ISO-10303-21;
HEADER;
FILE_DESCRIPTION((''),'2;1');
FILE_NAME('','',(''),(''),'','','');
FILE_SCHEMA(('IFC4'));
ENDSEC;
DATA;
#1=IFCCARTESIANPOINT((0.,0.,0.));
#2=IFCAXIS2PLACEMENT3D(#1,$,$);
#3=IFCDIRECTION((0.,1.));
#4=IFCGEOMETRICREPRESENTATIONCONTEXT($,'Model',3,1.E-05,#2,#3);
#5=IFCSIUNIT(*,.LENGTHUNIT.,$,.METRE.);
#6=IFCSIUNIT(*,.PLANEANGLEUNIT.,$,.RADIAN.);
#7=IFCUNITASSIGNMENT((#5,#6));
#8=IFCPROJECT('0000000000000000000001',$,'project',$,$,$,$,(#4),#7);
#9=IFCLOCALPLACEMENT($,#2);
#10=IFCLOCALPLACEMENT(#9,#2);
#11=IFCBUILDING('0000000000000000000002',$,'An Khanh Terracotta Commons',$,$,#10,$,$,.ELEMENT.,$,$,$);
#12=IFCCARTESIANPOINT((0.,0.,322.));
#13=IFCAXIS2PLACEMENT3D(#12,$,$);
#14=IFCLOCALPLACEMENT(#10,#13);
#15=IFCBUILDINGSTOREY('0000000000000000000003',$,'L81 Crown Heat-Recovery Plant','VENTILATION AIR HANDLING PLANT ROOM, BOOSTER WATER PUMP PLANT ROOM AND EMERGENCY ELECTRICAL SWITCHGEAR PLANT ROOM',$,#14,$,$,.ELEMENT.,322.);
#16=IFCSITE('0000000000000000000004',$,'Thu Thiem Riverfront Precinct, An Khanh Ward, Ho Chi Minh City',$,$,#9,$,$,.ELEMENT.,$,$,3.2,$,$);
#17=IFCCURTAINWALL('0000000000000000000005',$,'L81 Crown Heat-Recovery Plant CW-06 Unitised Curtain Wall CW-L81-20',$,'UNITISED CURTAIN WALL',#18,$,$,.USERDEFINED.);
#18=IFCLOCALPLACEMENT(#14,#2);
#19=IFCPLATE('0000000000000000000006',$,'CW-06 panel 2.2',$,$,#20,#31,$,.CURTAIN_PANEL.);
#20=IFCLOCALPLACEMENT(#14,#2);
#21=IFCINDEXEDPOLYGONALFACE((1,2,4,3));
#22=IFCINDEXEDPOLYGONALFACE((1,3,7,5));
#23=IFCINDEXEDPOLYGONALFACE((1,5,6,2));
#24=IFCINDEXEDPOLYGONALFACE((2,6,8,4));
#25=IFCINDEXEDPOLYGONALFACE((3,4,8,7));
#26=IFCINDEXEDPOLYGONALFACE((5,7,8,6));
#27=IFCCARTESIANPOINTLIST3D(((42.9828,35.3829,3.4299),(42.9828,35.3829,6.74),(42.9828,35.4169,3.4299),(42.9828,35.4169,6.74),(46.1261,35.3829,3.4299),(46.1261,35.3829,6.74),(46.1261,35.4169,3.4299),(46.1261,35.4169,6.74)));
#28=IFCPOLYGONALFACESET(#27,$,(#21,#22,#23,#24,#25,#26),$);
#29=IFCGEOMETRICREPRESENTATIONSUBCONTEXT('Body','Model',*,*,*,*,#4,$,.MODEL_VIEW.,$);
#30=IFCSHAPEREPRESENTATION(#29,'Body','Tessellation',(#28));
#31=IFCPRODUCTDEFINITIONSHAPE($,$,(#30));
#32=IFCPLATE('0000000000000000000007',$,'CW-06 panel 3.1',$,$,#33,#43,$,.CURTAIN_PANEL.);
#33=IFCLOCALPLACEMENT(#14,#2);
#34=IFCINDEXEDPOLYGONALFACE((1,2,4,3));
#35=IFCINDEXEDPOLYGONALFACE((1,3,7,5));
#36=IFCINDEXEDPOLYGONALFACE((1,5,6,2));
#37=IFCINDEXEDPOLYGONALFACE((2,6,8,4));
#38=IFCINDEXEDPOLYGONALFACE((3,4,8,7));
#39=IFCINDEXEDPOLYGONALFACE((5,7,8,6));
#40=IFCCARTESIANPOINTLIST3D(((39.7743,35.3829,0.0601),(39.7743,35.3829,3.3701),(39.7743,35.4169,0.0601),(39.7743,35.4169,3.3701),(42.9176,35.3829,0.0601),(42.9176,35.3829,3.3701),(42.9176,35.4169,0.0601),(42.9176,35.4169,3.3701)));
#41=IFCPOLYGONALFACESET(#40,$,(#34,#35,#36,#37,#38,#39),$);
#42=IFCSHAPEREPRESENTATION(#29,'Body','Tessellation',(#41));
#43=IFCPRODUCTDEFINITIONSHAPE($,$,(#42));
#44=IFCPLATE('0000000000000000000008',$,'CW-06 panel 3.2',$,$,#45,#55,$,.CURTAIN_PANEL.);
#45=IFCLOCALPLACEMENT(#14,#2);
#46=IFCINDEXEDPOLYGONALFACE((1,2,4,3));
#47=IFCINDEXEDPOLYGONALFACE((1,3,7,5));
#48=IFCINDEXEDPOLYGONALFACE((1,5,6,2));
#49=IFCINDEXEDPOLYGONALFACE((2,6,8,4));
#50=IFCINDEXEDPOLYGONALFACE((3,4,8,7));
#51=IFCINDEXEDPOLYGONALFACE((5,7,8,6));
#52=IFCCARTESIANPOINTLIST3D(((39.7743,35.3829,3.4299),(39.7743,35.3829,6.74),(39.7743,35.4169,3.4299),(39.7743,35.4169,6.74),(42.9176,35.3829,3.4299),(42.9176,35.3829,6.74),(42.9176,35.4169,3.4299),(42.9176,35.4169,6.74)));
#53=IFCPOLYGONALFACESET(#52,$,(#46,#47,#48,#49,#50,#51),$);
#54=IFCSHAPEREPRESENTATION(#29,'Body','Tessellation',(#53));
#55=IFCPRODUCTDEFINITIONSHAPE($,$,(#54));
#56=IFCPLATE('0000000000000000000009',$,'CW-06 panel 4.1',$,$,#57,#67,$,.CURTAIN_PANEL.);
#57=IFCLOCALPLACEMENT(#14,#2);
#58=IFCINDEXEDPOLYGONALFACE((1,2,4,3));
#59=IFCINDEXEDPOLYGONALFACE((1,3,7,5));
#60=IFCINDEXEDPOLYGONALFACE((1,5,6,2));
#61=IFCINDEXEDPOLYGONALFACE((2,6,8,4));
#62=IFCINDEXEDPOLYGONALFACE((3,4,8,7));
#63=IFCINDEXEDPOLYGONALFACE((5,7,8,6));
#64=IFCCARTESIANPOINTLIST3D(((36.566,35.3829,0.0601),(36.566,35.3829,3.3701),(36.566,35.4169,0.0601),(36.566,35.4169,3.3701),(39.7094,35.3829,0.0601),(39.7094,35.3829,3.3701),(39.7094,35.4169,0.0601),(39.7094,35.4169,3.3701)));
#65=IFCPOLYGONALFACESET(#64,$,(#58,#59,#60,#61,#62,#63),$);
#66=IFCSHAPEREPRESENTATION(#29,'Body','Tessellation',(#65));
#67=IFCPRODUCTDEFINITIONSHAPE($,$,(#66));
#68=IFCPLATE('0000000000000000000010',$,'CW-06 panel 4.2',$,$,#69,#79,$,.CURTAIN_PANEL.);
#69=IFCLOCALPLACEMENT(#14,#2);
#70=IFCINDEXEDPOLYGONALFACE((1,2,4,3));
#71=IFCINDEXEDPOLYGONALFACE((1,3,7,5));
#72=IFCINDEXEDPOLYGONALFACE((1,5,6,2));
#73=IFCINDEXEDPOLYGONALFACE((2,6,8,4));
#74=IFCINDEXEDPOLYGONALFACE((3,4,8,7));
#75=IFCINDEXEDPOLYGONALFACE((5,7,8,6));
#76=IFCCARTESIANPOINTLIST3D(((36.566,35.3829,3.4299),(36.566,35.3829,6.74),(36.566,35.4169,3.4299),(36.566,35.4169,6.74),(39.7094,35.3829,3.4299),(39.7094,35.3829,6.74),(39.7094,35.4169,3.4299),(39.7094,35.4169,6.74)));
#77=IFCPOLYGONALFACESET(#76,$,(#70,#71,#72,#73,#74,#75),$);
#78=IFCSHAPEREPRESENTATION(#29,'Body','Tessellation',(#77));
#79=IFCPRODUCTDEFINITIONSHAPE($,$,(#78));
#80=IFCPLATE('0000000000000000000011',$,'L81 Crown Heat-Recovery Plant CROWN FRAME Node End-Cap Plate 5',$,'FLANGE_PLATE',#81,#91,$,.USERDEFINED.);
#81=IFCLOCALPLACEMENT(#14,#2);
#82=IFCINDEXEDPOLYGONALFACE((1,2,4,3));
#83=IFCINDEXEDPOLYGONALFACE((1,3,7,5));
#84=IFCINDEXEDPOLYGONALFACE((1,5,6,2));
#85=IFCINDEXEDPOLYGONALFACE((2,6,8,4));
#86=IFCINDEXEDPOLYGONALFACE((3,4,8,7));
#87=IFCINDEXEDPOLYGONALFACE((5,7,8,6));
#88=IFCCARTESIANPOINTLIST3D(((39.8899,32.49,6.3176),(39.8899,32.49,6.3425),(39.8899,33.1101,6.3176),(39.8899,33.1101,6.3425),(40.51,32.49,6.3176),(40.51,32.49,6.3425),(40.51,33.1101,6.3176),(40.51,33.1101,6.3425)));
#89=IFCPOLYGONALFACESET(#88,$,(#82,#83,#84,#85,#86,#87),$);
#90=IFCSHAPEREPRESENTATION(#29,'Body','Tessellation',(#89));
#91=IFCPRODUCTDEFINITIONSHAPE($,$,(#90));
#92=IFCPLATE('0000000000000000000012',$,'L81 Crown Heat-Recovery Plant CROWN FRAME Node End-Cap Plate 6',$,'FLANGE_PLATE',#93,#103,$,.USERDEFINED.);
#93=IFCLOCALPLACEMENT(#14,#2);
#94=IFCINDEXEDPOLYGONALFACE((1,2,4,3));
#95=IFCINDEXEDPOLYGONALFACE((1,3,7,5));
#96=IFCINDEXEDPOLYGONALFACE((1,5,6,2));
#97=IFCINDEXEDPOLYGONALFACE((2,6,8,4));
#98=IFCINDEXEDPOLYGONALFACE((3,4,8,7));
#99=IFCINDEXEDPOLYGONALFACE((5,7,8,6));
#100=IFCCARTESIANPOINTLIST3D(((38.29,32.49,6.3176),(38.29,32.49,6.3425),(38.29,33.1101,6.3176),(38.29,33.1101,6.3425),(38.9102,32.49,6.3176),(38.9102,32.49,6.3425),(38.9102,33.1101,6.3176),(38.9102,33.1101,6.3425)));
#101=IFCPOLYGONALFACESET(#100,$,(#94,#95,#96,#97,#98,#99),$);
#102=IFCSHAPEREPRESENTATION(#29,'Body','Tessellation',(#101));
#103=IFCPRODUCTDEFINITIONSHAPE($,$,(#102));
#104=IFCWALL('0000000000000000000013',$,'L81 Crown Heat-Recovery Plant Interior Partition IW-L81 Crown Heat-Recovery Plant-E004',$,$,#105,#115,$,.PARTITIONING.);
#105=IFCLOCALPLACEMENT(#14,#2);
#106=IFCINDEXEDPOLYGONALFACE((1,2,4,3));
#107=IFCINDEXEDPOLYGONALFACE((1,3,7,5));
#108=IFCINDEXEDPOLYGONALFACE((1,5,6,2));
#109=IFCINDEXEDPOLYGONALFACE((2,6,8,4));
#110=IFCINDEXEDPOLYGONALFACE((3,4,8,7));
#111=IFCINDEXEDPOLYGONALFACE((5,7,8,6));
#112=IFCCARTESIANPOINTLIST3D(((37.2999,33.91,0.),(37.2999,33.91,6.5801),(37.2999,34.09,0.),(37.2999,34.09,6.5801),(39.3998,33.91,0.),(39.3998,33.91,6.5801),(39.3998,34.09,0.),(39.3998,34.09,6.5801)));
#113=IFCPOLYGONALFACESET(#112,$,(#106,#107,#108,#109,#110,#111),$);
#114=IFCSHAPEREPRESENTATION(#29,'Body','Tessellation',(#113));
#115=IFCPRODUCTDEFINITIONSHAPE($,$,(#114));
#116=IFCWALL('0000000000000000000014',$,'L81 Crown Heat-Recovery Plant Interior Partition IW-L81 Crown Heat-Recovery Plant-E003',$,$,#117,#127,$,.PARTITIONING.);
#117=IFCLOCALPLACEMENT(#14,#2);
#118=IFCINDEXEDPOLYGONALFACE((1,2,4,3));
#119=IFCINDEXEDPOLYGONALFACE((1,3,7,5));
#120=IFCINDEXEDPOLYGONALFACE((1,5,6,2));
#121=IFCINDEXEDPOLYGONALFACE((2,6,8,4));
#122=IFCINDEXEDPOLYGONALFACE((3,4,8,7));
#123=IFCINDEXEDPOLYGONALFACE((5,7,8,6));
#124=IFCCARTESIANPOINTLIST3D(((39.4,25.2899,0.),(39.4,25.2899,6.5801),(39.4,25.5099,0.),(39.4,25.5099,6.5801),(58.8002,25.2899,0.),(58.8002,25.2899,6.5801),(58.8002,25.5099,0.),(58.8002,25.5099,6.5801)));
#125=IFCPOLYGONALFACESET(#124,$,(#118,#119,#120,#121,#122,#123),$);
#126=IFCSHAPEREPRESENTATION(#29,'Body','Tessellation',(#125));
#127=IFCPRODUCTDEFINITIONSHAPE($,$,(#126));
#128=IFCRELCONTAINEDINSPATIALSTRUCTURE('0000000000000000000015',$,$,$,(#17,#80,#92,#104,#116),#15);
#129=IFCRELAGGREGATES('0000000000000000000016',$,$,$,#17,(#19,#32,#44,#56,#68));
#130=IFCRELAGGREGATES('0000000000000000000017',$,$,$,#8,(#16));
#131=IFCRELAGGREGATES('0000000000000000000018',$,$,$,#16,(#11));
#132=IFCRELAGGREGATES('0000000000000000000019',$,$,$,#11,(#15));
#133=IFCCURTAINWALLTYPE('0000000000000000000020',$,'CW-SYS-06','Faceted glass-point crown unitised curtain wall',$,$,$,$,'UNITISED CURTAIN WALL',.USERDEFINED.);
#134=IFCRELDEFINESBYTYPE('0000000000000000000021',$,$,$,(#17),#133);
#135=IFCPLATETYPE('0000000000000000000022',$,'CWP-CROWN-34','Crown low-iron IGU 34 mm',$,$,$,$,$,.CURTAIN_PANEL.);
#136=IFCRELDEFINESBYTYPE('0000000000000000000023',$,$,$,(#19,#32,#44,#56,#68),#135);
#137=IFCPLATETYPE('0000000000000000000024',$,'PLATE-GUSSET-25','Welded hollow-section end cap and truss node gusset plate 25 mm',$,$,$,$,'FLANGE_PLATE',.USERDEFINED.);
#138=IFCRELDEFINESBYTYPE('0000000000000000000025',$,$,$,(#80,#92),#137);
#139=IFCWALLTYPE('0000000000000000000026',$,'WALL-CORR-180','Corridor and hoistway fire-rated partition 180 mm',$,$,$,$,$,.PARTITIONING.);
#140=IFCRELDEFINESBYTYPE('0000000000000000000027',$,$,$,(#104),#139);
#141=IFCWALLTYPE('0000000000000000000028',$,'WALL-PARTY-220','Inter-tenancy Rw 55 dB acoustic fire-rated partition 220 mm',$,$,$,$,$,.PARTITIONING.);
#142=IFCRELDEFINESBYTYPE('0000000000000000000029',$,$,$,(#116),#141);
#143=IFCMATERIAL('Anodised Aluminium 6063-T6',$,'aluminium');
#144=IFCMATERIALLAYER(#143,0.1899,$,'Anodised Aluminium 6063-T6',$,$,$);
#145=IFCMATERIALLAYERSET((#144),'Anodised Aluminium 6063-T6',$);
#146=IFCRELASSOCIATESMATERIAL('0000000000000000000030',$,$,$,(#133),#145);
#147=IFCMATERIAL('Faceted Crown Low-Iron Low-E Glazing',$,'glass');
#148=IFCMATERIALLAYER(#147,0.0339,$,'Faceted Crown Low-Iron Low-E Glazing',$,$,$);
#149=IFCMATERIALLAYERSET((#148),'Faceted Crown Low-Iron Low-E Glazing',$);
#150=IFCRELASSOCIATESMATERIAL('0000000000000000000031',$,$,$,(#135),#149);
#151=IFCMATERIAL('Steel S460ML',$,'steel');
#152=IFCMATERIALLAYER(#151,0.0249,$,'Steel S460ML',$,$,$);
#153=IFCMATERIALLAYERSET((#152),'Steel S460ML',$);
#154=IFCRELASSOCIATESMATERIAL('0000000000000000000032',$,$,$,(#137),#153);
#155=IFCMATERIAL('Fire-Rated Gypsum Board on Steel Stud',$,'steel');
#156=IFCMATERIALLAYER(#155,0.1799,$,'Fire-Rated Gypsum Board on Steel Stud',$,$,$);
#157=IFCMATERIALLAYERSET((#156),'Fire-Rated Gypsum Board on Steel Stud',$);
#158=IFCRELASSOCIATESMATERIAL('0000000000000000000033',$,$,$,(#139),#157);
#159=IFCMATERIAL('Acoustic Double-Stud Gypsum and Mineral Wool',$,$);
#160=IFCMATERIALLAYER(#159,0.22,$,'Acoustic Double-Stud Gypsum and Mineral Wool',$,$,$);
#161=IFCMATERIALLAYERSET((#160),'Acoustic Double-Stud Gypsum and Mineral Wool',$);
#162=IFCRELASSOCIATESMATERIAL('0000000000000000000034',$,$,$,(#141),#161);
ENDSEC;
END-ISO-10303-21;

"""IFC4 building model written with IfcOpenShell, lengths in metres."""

from ifc_helpers import new_model, si_unit, direction, frame, frame_2d, origin, origin_2d, place, context, subcontext, project, spatial, rectangle, extrude, material, layer, layer_set, type_object, element, aggregate, save


model = new_model("IFC4")

# Units and contexts
model_context = context("Model", 3, precision=1e-05, world=origin(), true_north=direction((0.0, 1.0)))
body_context = subcontext(model_context, "Body", "Model", "MODEL_VIEW")
ifc_project = project(units=[si_unit("LENGTHUNIT", "METRE"), si_unit("PLANEANGLEUNIT", "RADIAN")], contexts=[model_context])

# Site, building, storey
site_placement = place(None, origin())
site = spatial("IfcSite", under=ifc_project, at=site_placement, Name="Thu Thiem Riverfront Precinct, An Khanh Ward, Ho Chi Minh City", CompositionType="ELEMENT", RefElevation=3.2)
building_placement = place(site_placement, origin())
building = spatial("IfcBuilding", under=site, at=building_placement, Name="An Khanh Terracotta Commons", CompositionType="ELEMENT")
storey_placement = place(building_placement, frame((0.0, 0.0, 322.0)))
storey = spatial("IfcBuildingStorey", under=building, at=storey_placement, Name="L81 Crown Heat-Recovery Plant", Description="VENTILATION AIR HANDLING PLANT ROOM, BOOSTER WATER PUMP PLANT ROOM AND EMERGENCY ELECTRICAL SWITCHGEAR PLANT ROOM", CompositionType="ELEMENT", Elevation=322.0)

# Shared definitions
ifc_material_1 = material(Name="Steel S460ML", Category="steel")

# Curtain wall
ifc_material_2 = material(Name="Anodised Aluminium 6063-T6", Category="aluminium")
ifc_layer_1 = layer(ifc_material_2, 0.1899, Name="Anodised Aluminium 6063-T6")
ifc_layer_set_1 = layer_set([ifc_layer_1], Name="Anodised Aluminium 6063-T6")
curtain_wall_type = type_object("IfcCurtainWallType", Name="CW-SYS-06", Description="Faceted glass-point crown unitised curtain wall", ElementType="UNITISED CURTAIN WALL", PredefinedType="USERDEFINED", material=ifc_layer_set_1)
curtain_wall_placement = place(storey_placement, origin())
curtain_wall = element("IfcCurtainWall", 1, at=curtain_wall_placement, inside=storey, type_object=curtain_wall_type, Name="L81 Crown Heat-Recovery Plant CW-06 Unitised Curtain Wall CW-L81-20", ObjectType="UNITISED CURTAIN WALL", PredefinedType="USERDEFINED")

# Plates
ifc_material_3 = material(Name="Faceted Crown Low-Iron Low-E Glazing", Category="glass")
ifc_layer_2 = layer(ifc_material_3, 0.0339, Name="Faceted Crown Low-Iron Low-E Glazing")
ifc_layer_set_2 = layer_set([ifc_layer_2], Name="Faceted Crown Low-Iron Low-E Glazing")
plate_type_1 = type_object("IfcPlateType", Name="CWP-CROWN-34", Description="Crown low-iron IGU 34 mm", PredefinedType="CURTAIN_PANEL", material=ifc_layer_set_2)
plate_1_placement = place(storey_placement, frame((44.5544, 35.3999, 3.4299), z_axis=(0.0, 0.0, 1.0), x_axis=(-1.0, 0.0, 0.0)))
plate_1 = element("IfcPlate", 2, at=plate_1_placement, type_object=plate_type_1, Name="CW-06 panel 2.2", PredefinedType="CURTAIN_PANEL", context=body_context, shape_type="SweptSolid", body=[
    extrude(rectangle(XDim=3.1433, YDim=0.0339, at=origin_2d()), origin(), (0.0, 0.0, 1.0), 3.3101),
])
plate_2_placement = place(storey_placement, frame((41.3459, 35.3999, 0.0601), z_axis=(0.0, 0.0, 1.0), x_axis=(-1.0, 0.0, 0.0)))
plate_2 = element("IfcPlate", 3, at=plate_2_placement, type_object=plate_type_1, Name="CW-06 panel 3.1", PredefinedType="CURTAIN_PANEL", context=body_context, shape_type="SweptSolid", body=[
    extrude(rectangle(XDim=3.1433, YDim=0.0339, at=origin_2d()), origin(), (0.0, 0.0, 1.0), 3.3101),
])
plate_3_placement = place(storey_placement, frame((41.3459, 35.3999, 3.4299), z_axis=(0.0, 0.0, 1.0), x_axis=(-1.0, 0.0, 0.0)))
plate_3 = element("IfcPlate", 4, at=plate_3_placement, type_object=plate_type_1, Name="CW-06 panel 3.2", PredefinedType="CURTAIN_PANEL", context=body_context, shape_type="SweptSolid", body=[
    extrude(rectangle(XDim=3.1433, YDim=0.0339, at=origin_2d()), origin(), (0.0, 0.0, 1.0), 3.3101),
])
plate_4_placement = place(storey_placement, frame((38.1377, 35.3999, 0.0601), z_axis=(0.0, 0.0, 1.0), x_axis=(-1.0, 0.0, 0.0)))
plate_4 = element("IfcPlate", 5, at=plate_4_placement, type_object=plate_type_1, Name="CW-06 panel 4.1", PredefinedType="CURTAIN_PANEL", context=body_context, shape_type="SweptSolid", body=[
    extrude(rectangle(XDim=3.1433, YDim=0.0339, at=origin_2d()), origin(), (0.0, 0.0, 1.0), 3.3101),
])
plate_5_placement = place(storey_placement, frame((38.1377, 35.3999, 3.4299), z_axis=(0.0, 0.0, 1.0), x_axis=(-1.0, 0.0, 0.0)))
plate_5 = element("IfcPlate", 6, at=plate_5_placement, type_object=plate_type_1, Name="CW-06 panel 4.2", PredefinedType="CURTAIN_PANEL", context=body_context, shape_type="SweptSolid", body=[
    extrude(rectangle(XDim=3.1433, YDim=0.0339, at=origin_2d()), origin(), (0.0, 0.0, 1.0), 3.3101),
])
aggregate(curtain_wall, [plate_1, plate_2, plate_3, plate_4, plate_5])

# Plates
ifc_layer_3 = layer(ifc_material_1, 0.0249, Name="Steel S460ML")
ifc_layer_set_3 = layer_set([ifc_layer_3], Name="Steel S460ML")
plate_type_2 = type_object("IfcPlateType", Name="PLATE-GUSSET-25", Description="Welded hollow-section end cap and truss node gusset plate 25 mm", ElementType="FLANGE_PLATE", PredefinedType="USERDEFINED", material=ifc_layer_set_3)
for number, where, z_axis, x_axis, name in (
    (7, (40.2, 32.8, 6.3176), (0.0, 0.0, 1.0), (1.0, 0.0, 0.0), "L81 Crown Heat-Recovery Plant CROWN FRAME Node End-Cap Plate 5"),
    (8, (38.6001, 32.8, 6.3176), (0.0, 0.0, 1.0), (1.0, 0.0, 0.0), "L81 Crown Heat-Recovery Plant CROWN FRAME Node End-Cap Plate 6"),
):
    element("IfcPlate", number, at=place(storey_placement, frame(where, z_axis=z_axis, x_axis=x_axis)), inside=storey, type_object=plate_type_2, Name=name, ObjectType="FLANGE_PLATE", PredefinedType="USERDEFINED", context=body_context, shape_type="SweptSolid", body=[
        extrude(rectangle(XDim=0.6201, YDim=0.6201, at=origin_2d()), origin(), (0.0, 0.0, 1.0), 0.0249),
    ])

# Walls
ifc_material_4 = material(Name="Fire-Rated Gypsum Board on Steel Stud", Category="steel")
ifc_layer_4 = layer(ifc_material_4, 0.1799, Name="Fire-Rated Gypsum Board on Steel Stud")
ifc_layer_set_4 = layer_set([ifc_layer_4], Name="Fire-Rated Gypsum Board on Steel Stud")
wall_type_1 = type_object("IfcWallType", Name="WALL-CORR-180", Description="Corridor and hoistway fire-rated partition 180 mm", PredefinedType="PARTITIONING", material=ifc_layer_set_4)
wall_1_placement = place(storey_placement, frame((37.3, 34.0, 0.0), z_axis=(0.0, 0.0, 1.0), x_axis=(1.0, 0.0, 0.0)))
element("IfcWall", 9, at=wall_1_placement, inside=storey, type_object=wall_type_1, Name="L81 Crown Heat-Recovery Plant Interior Partition IW-L81 Crown Heat-Recovery Plant-E004", PredefinedType="PARTITIONING", context=body_context, shape_type="SweptSolid", body=[
    extrude(rectangle(XDim=2.0999, YDim=0.1799, at=frame_2d((1.0498, 0.0))), origin(), (0.0, 0.0, 1.0), 6.5801),
])
ifc_material_5 = material(Name="Acoustic Double-Stud Gypsum and Mineral Wool")
ifc_layer_5 = layer(ifc_material_5, 0.22, Name="Acoustic Double-Stud Gypsum and Mineral Wool")
ifc_layer_set_5 = layer_set([ifc_layer_5], Name="Acoustic Double-Stud Gypsum and Mineral Wool")
wall_type_2 = type_object("IfcWallType", Name="WALL-PARTY-220", Description="Inter-tenancy Rw 55 dB acoustic fire-rated partition 220 mm", PredefinedType="PARTITIONING", material=ifc_layer_set_5)
wall_2_placement = place(storey_placement, frame((39.3999, 25.3999, 0.0), z_axis=(0.0, 0.0, 1.0), x_axis=(1.0, 0.0, 0.0)))
element("IfcWall", 10, at=wall_2_placement, inside=storey, type_object=wall_type_2, Name="L81 Crown Heat-Recovery Plant Interior Partition IW-L81 Crown Heat-Recovery Plant-E003", PredefinedType="PARTITIONING", context=body_context, shape_type="SweptSolid", body=[
    extrude(rectangle(XDim=19.4001, YDim=0.22, at=frame_2d((9.7002, 0.0))), origin(), (0.0, 0.0, 1.0), 6.5801),
])

save(model, "model.ifc")
